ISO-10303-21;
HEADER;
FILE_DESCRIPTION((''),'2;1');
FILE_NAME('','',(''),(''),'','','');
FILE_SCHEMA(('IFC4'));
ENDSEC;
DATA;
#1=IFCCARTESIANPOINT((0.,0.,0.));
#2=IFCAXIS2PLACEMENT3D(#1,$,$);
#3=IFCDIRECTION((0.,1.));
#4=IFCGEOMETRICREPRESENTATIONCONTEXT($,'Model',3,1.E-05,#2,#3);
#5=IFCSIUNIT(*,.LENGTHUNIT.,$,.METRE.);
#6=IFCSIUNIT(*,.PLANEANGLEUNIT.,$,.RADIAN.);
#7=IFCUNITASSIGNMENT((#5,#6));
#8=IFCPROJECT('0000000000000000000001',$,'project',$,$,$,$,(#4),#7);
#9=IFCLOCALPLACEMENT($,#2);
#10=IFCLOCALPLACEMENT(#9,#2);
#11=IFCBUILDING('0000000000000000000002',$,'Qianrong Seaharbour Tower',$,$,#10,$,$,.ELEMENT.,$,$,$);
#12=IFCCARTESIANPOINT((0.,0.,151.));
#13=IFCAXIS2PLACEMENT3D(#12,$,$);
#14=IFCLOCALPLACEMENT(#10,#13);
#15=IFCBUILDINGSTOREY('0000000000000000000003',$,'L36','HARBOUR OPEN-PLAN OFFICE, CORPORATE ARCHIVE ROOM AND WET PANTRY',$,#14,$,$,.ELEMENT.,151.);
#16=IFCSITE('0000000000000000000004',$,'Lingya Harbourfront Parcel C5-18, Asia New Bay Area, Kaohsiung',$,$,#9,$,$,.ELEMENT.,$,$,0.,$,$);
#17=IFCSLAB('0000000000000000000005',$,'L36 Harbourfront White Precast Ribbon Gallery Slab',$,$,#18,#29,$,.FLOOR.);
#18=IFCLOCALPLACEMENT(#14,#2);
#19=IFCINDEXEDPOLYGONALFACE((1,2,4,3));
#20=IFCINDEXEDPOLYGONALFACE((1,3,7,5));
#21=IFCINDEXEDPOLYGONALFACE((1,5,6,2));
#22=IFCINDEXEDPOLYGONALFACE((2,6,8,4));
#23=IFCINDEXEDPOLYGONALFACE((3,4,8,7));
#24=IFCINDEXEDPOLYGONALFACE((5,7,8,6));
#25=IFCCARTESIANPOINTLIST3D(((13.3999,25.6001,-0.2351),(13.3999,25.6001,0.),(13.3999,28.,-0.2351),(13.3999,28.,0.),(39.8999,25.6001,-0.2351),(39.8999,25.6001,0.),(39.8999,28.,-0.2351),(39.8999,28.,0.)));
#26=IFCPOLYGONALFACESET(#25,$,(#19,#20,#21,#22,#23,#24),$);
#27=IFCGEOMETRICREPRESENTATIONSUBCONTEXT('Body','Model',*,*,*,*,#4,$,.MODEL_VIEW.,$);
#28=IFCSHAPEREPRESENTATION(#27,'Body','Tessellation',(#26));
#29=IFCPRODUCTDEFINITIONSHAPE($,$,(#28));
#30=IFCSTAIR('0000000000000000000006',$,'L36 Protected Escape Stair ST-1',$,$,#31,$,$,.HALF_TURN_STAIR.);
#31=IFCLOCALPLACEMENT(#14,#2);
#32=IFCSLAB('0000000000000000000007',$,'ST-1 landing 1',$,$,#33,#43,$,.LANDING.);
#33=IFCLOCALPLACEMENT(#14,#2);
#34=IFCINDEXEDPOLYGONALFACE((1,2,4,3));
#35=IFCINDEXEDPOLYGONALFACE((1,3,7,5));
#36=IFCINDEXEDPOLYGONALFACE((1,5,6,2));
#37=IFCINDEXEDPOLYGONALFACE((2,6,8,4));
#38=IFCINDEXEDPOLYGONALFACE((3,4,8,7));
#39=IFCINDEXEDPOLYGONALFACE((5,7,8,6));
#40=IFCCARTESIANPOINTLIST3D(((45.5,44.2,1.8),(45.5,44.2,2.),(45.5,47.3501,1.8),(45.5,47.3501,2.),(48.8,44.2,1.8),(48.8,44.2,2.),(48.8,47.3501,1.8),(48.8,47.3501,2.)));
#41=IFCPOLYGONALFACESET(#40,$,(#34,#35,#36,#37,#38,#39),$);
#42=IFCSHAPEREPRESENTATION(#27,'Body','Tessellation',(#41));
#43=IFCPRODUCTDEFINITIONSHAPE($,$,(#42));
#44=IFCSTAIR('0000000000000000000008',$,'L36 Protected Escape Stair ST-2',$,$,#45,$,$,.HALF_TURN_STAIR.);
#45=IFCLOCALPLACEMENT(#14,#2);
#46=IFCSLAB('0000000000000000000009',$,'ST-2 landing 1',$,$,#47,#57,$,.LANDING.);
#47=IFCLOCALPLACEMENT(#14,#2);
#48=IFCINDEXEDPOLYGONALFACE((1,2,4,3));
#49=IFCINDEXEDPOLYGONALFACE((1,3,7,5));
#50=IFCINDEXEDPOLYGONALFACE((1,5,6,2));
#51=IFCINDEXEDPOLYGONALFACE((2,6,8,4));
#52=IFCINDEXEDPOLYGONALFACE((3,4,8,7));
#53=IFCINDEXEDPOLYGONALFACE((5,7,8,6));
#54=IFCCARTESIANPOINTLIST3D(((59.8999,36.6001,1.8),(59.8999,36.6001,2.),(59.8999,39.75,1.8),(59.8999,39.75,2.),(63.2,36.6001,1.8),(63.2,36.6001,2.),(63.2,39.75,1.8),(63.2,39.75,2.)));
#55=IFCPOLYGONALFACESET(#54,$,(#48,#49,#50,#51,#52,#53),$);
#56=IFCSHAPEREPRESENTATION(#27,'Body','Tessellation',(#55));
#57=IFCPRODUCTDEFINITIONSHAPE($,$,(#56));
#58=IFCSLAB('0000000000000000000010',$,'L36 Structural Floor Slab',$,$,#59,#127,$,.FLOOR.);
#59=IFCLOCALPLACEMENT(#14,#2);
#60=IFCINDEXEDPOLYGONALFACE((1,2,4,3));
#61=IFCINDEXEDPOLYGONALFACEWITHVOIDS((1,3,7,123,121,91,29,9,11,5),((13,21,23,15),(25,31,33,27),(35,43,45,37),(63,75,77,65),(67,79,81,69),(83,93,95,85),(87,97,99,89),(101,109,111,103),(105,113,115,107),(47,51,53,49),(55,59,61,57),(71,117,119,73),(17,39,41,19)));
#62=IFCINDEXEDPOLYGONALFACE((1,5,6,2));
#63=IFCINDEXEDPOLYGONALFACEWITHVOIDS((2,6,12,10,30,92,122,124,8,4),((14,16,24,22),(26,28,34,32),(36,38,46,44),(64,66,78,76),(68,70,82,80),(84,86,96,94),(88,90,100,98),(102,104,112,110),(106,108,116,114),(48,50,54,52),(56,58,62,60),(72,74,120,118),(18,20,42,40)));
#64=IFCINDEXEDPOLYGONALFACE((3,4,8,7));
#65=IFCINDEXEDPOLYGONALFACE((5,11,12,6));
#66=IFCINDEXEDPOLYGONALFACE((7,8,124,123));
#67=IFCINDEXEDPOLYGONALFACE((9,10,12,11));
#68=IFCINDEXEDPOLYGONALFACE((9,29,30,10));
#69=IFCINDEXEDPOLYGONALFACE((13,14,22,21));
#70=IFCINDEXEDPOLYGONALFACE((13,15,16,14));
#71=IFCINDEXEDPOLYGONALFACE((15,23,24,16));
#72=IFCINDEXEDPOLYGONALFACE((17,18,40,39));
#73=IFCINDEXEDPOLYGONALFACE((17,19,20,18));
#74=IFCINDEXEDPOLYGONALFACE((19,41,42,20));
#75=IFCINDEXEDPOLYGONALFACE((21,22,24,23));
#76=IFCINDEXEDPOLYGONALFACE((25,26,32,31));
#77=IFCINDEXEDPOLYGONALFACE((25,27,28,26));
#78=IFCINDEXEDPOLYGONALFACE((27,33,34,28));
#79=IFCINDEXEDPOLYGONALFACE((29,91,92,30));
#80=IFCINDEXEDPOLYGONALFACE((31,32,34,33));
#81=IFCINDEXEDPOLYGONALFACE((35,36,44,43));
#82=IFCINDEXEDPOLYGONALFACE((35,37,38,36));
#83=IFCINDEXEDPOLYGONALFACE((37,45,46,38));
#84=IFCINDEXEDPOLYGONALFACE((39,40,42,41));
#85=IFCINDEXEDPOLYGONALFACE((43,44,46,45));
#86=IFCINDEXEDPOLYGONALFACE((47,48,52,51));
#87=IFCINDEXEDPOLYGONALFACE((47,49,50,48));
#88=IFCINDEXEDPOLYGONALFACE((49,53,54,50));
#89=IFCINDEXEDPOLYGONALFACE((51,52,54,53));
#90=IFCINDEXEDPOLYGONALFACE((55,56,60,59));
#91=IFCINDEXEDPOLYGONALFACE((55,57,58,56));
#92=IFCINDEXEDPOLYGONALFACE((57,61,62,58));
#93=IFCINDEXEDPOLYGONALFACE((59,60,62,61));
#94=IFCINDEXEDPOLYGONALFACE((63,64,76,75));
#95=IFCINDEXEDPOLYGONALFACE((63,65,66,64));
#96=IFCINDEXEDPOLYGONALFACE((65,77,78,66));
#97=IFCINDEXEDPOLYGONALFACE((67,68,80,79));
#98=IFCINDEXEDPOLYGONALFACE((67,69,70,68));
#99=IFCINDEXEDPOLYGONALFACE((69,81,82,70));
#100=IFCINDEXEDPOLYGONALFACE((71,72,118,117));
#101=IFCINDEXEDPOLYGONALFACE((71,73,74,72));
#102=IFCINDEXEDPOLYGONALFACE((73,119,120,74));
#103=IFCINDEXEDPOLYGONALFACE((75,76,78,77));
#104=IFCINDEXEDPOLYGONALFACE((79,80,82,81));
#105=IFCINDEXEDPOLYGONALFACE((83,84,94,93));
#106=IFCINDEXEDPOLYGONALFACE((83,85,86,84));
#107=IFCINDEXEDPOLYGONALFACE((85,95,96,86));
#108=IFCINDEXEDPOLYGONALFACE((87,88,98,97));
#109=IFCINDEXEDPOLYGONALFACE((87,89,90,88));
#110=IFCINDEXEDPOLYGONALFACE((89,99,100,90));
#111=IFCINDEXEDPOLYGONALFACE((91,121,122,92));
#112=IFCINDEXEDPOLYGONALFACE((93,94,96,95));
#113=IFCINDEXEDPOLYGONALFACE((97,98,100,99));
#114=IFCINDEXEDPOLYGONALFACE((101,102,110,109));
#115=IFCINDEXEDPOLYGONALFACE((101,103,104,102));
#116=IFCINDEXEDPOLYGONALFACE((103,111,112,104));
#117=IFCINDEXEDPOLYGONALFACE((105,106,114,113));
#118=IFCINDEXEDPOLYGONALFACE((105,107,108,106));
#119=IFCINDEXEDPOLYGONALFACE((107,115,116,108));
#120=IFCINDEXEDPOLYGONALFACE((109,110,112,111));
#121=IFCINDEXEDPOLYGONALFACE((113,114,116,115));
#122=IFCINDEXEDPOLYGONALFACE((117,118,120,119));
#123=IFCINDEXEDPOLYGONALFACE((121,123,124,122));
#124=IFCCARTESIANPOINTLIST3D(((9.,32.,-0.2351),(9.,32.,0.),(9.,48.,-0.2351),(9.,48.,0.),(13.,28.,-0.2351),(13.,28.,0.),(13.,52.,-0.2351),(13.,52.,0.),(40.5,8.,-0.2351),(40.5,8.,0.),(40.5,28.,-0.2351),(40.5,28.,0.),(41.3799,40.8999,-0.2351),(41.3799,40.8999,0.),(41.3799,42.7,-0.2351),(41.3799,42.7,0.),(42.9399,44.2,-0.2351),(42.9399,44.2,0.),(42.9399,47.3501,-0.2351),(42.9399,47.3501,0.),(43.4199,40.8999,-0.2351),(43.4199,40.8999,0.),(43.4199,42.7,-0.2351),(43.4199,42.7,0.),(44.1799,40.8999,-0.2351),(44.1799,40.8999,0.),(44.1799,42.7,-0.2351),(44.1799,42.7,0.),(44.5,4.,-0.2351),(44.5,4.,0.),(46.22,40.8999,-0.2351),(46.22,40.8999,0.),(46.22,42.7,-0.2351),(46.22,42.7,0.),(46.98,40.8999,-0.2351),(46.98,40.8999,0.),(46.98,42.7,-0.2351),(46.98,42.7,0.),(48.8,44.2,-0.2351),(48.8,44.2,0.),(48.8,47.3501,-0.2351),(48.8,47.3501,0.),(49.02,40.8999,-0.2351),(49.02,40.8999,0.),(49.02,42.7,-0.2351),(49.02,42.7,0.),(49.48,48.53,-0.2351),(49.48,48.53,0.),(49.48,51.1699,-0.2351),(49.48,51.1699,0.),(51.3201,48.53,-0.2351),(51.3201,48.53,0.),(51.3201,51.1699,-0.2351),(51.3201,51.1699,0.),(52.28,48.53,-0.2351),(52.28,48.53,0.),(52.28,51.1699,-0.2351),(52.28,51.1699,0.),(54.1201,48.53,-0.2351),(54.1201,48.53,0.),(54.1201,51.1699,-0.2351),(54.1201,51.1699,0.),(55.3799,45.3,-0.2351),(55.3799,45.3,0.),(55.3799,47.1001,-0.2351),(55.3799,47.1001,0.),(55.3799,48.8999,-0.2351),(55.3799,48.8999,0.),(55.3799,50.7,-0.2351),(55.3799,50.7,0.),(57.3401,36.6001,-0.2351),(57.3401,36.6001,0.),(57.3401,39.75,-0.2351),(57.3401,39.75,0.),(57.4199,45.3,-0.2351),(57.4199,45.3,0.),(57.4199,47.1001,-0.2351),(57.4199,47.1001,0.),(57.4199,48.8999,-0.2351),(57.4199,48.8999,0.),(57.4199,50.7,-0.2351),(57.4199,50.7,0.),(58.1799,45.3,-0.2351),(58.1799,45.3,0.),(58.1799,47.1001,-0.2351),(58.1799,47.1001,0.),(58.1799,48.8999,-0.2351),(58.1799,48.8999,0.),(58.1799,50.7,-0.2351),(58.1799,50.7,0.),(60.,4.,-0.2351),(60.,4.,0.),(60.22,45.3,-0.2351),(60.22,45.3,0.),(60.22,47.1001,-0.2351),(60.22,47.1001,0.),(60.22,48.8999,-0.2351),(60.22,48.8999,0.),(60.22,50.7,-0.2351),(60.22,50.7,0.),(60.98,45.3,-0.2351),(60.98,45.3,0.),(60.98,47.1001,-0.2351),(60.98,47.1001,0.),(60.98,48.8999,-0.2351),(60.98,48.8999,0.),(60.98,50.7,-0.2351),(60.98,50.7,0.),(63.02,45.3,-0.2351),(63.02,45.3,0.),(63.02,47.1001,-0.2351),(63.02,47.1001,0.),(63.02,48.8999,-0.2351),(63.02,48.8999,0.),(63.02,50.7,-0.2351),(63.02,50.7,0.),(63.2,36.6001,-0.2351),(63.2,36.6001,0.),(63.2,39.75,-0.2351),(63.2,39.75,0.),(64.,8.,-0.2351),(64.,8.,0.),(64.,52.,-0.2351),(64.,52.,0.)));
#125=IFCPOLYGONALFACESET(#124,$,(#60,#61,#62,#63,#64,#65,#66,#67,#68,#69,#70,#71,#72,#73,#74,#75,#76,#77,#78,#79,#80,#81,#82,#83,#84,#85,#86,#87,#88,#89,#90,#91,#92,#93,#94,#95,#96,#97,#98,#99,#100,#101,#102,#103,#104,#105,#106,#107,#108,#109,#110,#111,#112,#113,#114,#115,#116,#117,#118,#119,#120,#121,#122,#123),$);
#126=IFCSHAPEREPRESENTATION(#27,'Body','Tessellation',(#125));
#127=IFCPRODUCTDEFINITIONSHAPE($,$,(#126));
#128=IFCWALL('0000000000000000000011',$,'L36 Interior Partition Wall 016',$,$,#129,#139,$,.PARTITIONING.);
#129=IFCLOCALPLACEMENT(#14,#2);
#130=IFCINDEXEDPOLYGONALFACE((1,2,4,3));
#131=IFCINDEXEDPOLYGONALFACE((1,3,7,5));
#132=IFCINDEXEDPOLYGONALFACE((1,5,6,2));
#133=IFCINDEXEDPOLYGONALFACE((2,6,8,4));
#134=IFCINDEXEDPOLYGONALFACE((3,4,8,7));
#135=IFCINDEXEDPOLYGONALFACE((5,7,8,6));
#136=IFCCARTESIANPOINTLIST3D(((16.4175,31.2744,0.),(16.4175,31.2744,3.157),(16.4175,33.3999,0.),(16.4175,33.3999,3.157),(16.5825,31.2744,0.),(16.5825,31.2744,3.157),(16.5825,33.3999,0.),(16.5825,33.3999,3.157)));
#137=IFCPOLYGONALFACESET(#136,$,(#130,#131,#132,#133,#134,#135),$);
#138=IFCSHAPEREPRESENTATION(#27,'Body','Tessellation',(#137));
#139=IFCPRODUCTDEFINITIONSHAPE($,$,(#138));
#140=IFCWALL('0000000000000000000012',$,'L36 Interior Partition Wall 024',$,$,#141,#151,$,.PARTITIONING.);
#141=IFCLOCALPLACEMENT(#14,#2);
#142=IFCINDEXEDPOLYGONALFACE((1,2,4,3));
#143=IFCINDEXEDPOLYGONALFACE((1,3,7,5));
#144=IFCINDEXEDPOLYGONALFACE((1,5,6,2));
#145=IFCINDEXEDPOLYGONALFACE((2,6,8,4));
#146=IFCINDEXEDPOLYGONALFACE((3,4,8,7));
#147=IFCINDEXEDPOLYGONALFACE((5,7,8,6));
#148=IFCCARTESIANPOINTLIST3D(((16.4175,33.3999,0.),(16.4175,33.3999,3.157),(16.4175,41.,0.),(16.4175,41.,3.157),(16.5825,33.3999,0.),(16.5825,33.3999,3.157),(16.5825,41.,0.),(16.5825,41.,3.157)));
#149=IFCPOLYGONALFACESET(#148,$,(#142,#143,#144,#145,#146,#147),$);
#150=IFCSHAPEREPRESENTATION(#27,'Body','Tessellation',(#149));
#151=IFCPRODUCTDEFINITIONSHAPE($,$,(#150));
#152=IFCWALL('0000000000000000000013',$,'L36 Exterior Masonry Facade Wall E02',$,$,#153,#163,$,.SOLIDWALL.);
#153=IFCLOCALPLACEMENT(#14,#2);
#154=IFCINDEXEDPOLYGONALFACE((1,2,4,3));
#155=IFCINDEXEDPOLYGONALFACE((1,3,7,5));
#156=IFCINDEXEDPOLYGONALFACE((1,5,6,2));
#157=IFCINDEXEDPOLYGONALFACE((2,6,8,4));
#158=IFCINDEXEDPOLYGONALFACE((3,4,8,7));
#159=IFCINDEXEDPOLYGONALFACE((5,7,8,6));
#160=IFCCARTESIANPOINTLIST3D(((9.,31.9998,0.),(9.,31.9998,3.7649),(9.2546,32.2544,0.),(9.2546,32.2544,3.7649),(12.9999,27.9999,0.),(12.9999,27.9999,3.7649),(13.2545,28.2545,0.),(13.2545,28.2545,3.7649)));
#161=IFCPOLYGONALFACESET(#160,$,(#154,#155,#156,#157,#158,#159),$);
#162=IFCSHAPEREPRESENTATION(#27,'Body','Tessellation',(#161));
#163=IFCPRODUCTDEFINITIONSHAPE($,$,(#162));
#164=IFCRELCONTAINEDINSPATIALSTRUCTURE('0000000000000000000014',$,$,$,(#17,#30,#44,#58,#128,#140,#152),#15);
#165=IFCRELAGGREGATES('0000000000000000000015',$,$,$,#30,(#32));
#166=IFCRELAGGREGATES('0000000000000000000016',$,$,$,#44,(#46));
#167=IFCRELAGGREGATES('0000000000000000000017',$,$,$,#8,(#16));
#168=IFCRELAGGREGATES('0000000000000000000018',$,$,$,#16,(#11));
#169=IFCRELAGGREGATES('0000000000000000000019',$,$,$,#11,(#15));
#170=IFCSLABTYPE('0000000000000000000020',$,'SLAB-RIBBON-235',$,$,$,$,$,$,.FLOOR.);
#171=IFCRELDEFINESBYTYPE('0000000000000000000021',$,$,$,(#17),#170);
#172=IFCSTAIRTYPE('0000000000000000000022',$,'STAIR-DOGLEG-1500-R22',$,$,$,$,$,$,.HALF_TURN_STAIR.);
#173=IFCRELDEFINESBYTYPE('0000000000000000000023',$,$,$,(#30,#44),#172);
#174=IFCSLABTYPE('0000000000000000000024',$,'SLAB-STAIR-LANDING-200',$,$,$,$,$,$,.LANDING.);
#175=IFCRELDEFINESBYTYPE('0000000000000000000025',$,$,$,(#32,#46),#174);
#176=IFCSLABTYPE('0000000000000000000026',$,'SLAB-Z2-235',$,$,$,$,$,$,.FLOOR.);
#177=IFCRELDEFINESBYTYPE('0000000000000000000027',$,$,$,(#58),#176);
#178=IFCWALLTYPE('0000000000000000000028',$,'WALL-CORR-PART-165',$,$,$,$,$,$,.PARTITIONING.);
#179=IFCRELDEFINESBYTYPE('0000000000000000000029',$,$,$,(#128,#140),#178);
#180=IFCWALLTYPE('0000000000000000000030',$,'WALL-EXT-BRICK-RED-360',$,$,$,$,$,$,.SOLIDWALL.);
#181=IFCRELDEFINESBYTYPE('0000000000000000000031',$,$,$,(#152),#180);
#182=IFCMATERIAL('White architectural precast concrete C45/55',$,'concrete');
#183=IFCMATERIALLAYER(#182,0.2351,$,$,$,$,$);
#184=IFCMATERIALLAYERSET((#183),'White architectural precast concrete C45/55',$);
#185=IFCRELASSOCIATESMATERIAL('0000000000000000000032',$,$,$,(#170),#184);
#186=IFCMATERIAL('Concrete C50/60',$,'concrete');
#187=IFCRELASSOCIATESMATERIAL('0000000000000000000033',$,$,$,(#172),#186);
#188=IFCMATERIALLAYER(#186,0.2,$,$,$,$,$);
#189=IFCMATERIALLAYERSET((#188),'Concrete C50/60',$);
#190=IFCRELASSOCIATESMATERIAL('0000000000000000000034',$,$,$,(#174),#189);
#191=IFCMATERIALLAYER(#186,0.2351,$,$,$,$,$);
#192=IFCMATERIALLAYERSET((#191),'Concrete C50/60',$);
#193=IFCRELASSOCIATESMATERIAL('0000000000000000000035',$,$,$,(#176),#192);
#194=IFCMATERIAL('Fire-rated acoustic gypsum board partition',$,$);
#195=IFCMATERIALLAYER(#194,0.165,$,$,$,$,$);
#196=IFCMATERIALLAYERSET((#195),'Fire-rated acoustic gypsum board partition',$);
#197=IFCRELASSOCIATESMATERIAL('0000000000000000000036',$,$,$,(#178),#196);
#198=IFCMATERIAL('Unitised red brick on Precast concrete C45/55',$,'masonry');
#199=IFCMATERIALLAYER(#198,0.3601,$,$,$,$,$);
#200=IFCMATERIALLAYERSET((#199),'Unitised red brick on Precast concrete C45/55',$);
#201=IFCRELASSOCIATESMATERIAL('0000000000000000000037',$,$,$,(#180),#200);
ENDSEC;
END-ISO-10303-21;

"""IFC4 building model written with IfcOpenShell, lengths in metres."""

from ifc_helpers import new_model, si_unit, direction, frame, frame_2d, origin, place, context, subcontext, project, spatial, polyline, rectangle, outline, extrude, material, layer, layer_set, type_object, element, aggregate, save


model = new_model("IFC4")

# Units and contexts
model_context = context("Model", 3, precision=1e-05, world=origin(), true_north=direction((0.0, 1.0)))
body_context = subcontext(model_context, "Body", "Model", "MODEL_VIEW")
ifc_project = project(units=[si_unit("LENGTHUNIT", "METRE"), si_unit("PLANEANGLEUNIT", "RADIAN")], contexts=[model_context])

# Site, building, storey
site_placement = place(None, origin())
site = spatial("IfcSite", under=ifc_project, at=site_placement, Name="Lingya Harbourfront Parcel C5-18, Asia New Bay Area, Kaohsiung", CompositionType="ELEMENT", RefElevation=0.0)
building_placement = place(site_placement, origin())
building = spatial("IfcBuilding", under=site, at=building_placement, Name="Qianrong Seaharbour Tower", CompositionType="ELEMENT")
storey_placement = place(building_placement, frame((0.0, 0.0, 151.0)))
storey = spatial("IfcBuildingStorey", under=building, at=storey_placement, Name="L36", Description="HARBOUR OPEN-PLAN OFFICE, CORPORATE ARCHIVE ROOM AND WET PANTRY", CompositionType="ELEMENT", Elevation=151.0)

# Shared definitions
ifc_material_1 = material(Name="White architectural precast concrete C45/55", Category="concrete")

# Slab
ifc_layer_1 = layer(ifc_material_1, 0.2351)
ifc_layer_set_1 = layer_set([ifc_layer_1], Name="White architectural precast concrete C45/55")
slab_type_1 = type_object("IfcSlabType", Name="SLAB-RIBBON-235", PredefinedType="FLOOR", material=ifc_layer_set_1)
slab_1_placement = place(storey_placement, frame((0.0, 0.0, -0.2351)))
element("IfcSlab", 1, at=slab_1_placement, inside=storey, type_object=slab_type_1, Name="L36 Harbourfront White Precast Ribbon Gallery Slab", PredefinedType="FLOOR", context=body_context, shape_type="SweptSolid", body=[
    extrude(outline(polyline([(13.3999, 25.6001), (39.8999, 25.6001), (39.8999, 28.0), (13.3999, 28.0), (13.3999, 25.6001)])), origin(), (0.0, 0.0, 1.0), 0.2351),
])

# Stairs, slabs
ifc_material_2 = material(Name="Concrete C50/60", Category="concrete")
stair_type = type_object("IfcStairType", Name="STAIR-DOGLEG-1500-R22", PredefinedType="HALF_TURN_STAIR", material=ifc_material_2)
stair_1_placement = place(storey_placement, origin())
stair_1 = element("IfcStair", 2, at=stair_1_placement, inside=storey, type_object=stair_type, Name="L36 Protected Escape Stair ST-1", PredefinedType="HALF_TURN_STAIR")
ifc_layer_2 = layer(ifc_material_2, 0.2)
ifc_layer_set_2 = layer_set([ifc_layer_2], Name="Concrete C50/60")
slab_type_2 = type_object("IfcSlabType", Name="SLAB-STAIR-LANDING-200", PredefinedType="LANDING", material=ifc_layer_set_2)
slab_2_placement = place(storey_placement, frame((0.0, 0.0, 1.8)))
slab_2 = element("IfcSlab", 3, at=slab_2_placement, type_object=slab_type_2, Name="ST-1 landing 1", PredefinedType="LANDING", context=body_context, shape_type="SweptSolid", body=[
    extrude(outline(polyline([(45.5, 44.2), (48.8, 44.2), (48.8, 47.3501), (45.5, 47.3501), (45.5, 44.2)])), origin(), (0.0, 0.0, 1.0), 0.2),
])
aggregate(stair_1, [slab_2])
stair_2_placement = place(storey_placement, origin())
stair_2 = element("IfcStair", 4, at=stair_2_placement, inside=storey, type_object=stair_type, Name="L36 Protected Escape Stair ST-2", PredefinedType="HALF_TURN_STAIR")
slab_3_placement = place(storey_placement, frame((0.0, 0.0, 1.8)))
slab_3 = element("IfcSlab", 5, at=slab_3_placement, type_object=slab_type_2, Name="ST-2 landing 1", PredefinedType="LANDING", context=body_context, shape_type="SweptSolid", body=[
    extrude(outline(polyline([(59.8999, 36.6001), (63.2, 36.6001), (63.2, 39.75), (59.8999, 39.75), (59.8999, 36.6001)])), origin(), (0.0, 0.0, 1.0), 0.2),
])
aggregate(stair_2, [slab_3])

# Slab
ifc_layer_3 = layer(ifc_material_2, 0.2351)
ifc_layer_set_3 = layer_set([ifc_layer_3], Name="Concrete C50/60")
slab_type_3 = type_object("IfcSlabType", Name="SLAB-Z2-235", PredefinedType="FLOOR", material=ifc_layer_set_3)
slab_4_placement = place(storey_placement, frame((0.0, 0.0, -0.2351)))
element("IfcSlab", 6, at=slab_4_placement, inside=storey, type_object=slab_type_3, Name="L36 Structural Floor Slab", PredefinedType="FLOOR", context=body_context, shape_type="SweptSolid", body=[
    extrude(outline(polyline([(44.5, 4.0), (60.0, 4.0), (64.0, 8.0), (64.0, 52.0), (13.0, 52.0), (9.0, 48.0), (9.0, 32.0), (13.0, 28.0), (40.5, 28.0), (40.5, 8.0), (44.5, 4.0)]), holes=[polyline([(42.9399, 44.2), (42.9399, 47.3501), (48.8, 47.3501), (48.8, 44.2), (42.9399, 44.2)]), polyline([(57.3401, 36.6001), (57.3401, 39.75), (63.2, 39.75), (63.2, 36.6001), (57.3401, 36.6001)]), polyline([(49.48, 48.53), (49.48, 51.1699), (51.3201, 51.1699), (51.3201, 48.53), (49.48, 48.53)]), polyline([(52.28, 48.53), (52.28, 51.1699), (54.1201, 51.1699), (54.1201, 48.53), (52.28, 48.53)]), polyline([(41.3799, 40.8999), (41.3799, 42.7), (43.4199, 42.7), (43.4199, 40.8999), (41.3799, 40.8999)]), polyline([(44.1799, 40.8999), (44.1799, 42.7), (46.22, 42.7), (46.22, 40.8999), (44.1799, 40.8999)]), polyline([(46.98, 40.8999), (46.98, 42.7), (49.02, 42.7), (49.02, 40.8999), (46.98, 40.8999)]), polyline([(55.3799, 45.3), (55.3799, 47.1001), (57.4199, 47.1001), (57.4199, 45.3), (55.3799, 45.3)]), polyline([(58.1799, 45.3), (58.1799, 47.1001), (60.22, 47.1001), (60.22, 45.3), (58.1799, 45.3)]), polyline([(60.98, 45.3), (60.98, 47.1001), (63.02, 47.1001), (63.02, 45.3), (60.98, 45.3)]), polyline([(55.3799, 48.8999), (55.3799, 50.7), (57.4199, 50.7), (57.4199, 48.8999), (55.3799, 48.8999)]), polyline([(58.1799, 48.8999), (58.1799, 50.7), (60.22, 50.7), (60.22, 48.8999), (58.1799, 48.8999)]), polyline([(60.98, 48.8999), (60.98, 50.7), (63.02, 50.7), (63.02, 48.8999), (60.98, 48.8999)])]), origin(), (0.0, 0.0, 1.0), 0.2351),
])

# Walls
ifc_material_3 = material(Name="Fire-rated acoustic gypsum board partition")
ifc_layer_4 = layer(ifc_material_3, 0.165)
ifc_layer_set_4 = layer_set([ifc_layer_4], Name="Fire-rated acoustic gypsum board partition")
wall_type_1 = type_object("IfcWallType", Name="WALL-CORR-PART-165", PredefinedType="PARTITIONING", material=ifc_layer_set_4)
wall_1_placement = place(storey_placement, frame((16.5, 31.2744, 0.0), z_axis=(0.0, 0.0, 1.0), x_axis=(0.0, 1.0, 0.0)))
element("IfcWall", 7, at=wall_1_placement, inside=storey, type_object=wall_type_1, Name="L36 Interior Partition Wall 016", PredefinedType="PARTITIONING", context=body_context, shape_type="SweptSolid", body=[
    extrude(rectangle(XDim=2.1255, YDim=0.165, at=frame_2d((1.0627, 0.0))), origin(), (0.0, 0.0, 1.0), 3.157),
])
wall_2_placement = place(storey_placement, frame((16.5, 33.3999, 0.0), z_axis=(0.0, 0.0, 1.0), x_axis=(0.0, 1.0, 0.0)))
element("IfcWall", 8, at=wall_2_placement, inside=storey, type_object=wall_type_1, Name="L36 Interior Partition Wall 024", PredefinedType="PARTITIONING", context=body_context, shape_type="SweptSolid", body=[
    extrude(rectangle(XDim=7.6001, YDim=0.165, at=frame_2d((3.8, 0.0))), origin(), (0.0, 0.0, 1.0), 3.157),
])
ifc_material_4 = material(Name="Unitised red brick on Precast concrete C45/55", Category="masonry")
ifc_layer_5 = layer(ifc_material_4, 0.3601)
ifc_layer_set_5 = layer_set([ifc_layer_5], Name="Unitised red brick on Precast concrete C45/55")
wall_type_2 = type_object("IfcWallType", Name="WALL-EXT-BRICK-RED-360", PredefinedType="SOLIDWALL", material=ifc_layer_set_5)
wall_3_placement = place(storey_placement, frame((13.1272, 28.1272, 0.0), z_axis=(0.0, 0.0, 1.0), x_axis=(-0.707107, 0.707107, 0.0)))
element("IfcWall", 9, at=wall_3_placement, inside=storey, type_object=wall_type_2, Name="L36 Exterior Masonry Facade Wall E02", PredefinedType="SOLIDWALL", context=body_context, shape_type="SweptSolid", body=[
    extrude(rectangle(XDim=5.6567, YDim=0.3601, at=frame_2d((2.8284, 0.0))), origin(), (0.0, 0.0, 1.0), 3.7649),
])

save(model, "model.ifc")
